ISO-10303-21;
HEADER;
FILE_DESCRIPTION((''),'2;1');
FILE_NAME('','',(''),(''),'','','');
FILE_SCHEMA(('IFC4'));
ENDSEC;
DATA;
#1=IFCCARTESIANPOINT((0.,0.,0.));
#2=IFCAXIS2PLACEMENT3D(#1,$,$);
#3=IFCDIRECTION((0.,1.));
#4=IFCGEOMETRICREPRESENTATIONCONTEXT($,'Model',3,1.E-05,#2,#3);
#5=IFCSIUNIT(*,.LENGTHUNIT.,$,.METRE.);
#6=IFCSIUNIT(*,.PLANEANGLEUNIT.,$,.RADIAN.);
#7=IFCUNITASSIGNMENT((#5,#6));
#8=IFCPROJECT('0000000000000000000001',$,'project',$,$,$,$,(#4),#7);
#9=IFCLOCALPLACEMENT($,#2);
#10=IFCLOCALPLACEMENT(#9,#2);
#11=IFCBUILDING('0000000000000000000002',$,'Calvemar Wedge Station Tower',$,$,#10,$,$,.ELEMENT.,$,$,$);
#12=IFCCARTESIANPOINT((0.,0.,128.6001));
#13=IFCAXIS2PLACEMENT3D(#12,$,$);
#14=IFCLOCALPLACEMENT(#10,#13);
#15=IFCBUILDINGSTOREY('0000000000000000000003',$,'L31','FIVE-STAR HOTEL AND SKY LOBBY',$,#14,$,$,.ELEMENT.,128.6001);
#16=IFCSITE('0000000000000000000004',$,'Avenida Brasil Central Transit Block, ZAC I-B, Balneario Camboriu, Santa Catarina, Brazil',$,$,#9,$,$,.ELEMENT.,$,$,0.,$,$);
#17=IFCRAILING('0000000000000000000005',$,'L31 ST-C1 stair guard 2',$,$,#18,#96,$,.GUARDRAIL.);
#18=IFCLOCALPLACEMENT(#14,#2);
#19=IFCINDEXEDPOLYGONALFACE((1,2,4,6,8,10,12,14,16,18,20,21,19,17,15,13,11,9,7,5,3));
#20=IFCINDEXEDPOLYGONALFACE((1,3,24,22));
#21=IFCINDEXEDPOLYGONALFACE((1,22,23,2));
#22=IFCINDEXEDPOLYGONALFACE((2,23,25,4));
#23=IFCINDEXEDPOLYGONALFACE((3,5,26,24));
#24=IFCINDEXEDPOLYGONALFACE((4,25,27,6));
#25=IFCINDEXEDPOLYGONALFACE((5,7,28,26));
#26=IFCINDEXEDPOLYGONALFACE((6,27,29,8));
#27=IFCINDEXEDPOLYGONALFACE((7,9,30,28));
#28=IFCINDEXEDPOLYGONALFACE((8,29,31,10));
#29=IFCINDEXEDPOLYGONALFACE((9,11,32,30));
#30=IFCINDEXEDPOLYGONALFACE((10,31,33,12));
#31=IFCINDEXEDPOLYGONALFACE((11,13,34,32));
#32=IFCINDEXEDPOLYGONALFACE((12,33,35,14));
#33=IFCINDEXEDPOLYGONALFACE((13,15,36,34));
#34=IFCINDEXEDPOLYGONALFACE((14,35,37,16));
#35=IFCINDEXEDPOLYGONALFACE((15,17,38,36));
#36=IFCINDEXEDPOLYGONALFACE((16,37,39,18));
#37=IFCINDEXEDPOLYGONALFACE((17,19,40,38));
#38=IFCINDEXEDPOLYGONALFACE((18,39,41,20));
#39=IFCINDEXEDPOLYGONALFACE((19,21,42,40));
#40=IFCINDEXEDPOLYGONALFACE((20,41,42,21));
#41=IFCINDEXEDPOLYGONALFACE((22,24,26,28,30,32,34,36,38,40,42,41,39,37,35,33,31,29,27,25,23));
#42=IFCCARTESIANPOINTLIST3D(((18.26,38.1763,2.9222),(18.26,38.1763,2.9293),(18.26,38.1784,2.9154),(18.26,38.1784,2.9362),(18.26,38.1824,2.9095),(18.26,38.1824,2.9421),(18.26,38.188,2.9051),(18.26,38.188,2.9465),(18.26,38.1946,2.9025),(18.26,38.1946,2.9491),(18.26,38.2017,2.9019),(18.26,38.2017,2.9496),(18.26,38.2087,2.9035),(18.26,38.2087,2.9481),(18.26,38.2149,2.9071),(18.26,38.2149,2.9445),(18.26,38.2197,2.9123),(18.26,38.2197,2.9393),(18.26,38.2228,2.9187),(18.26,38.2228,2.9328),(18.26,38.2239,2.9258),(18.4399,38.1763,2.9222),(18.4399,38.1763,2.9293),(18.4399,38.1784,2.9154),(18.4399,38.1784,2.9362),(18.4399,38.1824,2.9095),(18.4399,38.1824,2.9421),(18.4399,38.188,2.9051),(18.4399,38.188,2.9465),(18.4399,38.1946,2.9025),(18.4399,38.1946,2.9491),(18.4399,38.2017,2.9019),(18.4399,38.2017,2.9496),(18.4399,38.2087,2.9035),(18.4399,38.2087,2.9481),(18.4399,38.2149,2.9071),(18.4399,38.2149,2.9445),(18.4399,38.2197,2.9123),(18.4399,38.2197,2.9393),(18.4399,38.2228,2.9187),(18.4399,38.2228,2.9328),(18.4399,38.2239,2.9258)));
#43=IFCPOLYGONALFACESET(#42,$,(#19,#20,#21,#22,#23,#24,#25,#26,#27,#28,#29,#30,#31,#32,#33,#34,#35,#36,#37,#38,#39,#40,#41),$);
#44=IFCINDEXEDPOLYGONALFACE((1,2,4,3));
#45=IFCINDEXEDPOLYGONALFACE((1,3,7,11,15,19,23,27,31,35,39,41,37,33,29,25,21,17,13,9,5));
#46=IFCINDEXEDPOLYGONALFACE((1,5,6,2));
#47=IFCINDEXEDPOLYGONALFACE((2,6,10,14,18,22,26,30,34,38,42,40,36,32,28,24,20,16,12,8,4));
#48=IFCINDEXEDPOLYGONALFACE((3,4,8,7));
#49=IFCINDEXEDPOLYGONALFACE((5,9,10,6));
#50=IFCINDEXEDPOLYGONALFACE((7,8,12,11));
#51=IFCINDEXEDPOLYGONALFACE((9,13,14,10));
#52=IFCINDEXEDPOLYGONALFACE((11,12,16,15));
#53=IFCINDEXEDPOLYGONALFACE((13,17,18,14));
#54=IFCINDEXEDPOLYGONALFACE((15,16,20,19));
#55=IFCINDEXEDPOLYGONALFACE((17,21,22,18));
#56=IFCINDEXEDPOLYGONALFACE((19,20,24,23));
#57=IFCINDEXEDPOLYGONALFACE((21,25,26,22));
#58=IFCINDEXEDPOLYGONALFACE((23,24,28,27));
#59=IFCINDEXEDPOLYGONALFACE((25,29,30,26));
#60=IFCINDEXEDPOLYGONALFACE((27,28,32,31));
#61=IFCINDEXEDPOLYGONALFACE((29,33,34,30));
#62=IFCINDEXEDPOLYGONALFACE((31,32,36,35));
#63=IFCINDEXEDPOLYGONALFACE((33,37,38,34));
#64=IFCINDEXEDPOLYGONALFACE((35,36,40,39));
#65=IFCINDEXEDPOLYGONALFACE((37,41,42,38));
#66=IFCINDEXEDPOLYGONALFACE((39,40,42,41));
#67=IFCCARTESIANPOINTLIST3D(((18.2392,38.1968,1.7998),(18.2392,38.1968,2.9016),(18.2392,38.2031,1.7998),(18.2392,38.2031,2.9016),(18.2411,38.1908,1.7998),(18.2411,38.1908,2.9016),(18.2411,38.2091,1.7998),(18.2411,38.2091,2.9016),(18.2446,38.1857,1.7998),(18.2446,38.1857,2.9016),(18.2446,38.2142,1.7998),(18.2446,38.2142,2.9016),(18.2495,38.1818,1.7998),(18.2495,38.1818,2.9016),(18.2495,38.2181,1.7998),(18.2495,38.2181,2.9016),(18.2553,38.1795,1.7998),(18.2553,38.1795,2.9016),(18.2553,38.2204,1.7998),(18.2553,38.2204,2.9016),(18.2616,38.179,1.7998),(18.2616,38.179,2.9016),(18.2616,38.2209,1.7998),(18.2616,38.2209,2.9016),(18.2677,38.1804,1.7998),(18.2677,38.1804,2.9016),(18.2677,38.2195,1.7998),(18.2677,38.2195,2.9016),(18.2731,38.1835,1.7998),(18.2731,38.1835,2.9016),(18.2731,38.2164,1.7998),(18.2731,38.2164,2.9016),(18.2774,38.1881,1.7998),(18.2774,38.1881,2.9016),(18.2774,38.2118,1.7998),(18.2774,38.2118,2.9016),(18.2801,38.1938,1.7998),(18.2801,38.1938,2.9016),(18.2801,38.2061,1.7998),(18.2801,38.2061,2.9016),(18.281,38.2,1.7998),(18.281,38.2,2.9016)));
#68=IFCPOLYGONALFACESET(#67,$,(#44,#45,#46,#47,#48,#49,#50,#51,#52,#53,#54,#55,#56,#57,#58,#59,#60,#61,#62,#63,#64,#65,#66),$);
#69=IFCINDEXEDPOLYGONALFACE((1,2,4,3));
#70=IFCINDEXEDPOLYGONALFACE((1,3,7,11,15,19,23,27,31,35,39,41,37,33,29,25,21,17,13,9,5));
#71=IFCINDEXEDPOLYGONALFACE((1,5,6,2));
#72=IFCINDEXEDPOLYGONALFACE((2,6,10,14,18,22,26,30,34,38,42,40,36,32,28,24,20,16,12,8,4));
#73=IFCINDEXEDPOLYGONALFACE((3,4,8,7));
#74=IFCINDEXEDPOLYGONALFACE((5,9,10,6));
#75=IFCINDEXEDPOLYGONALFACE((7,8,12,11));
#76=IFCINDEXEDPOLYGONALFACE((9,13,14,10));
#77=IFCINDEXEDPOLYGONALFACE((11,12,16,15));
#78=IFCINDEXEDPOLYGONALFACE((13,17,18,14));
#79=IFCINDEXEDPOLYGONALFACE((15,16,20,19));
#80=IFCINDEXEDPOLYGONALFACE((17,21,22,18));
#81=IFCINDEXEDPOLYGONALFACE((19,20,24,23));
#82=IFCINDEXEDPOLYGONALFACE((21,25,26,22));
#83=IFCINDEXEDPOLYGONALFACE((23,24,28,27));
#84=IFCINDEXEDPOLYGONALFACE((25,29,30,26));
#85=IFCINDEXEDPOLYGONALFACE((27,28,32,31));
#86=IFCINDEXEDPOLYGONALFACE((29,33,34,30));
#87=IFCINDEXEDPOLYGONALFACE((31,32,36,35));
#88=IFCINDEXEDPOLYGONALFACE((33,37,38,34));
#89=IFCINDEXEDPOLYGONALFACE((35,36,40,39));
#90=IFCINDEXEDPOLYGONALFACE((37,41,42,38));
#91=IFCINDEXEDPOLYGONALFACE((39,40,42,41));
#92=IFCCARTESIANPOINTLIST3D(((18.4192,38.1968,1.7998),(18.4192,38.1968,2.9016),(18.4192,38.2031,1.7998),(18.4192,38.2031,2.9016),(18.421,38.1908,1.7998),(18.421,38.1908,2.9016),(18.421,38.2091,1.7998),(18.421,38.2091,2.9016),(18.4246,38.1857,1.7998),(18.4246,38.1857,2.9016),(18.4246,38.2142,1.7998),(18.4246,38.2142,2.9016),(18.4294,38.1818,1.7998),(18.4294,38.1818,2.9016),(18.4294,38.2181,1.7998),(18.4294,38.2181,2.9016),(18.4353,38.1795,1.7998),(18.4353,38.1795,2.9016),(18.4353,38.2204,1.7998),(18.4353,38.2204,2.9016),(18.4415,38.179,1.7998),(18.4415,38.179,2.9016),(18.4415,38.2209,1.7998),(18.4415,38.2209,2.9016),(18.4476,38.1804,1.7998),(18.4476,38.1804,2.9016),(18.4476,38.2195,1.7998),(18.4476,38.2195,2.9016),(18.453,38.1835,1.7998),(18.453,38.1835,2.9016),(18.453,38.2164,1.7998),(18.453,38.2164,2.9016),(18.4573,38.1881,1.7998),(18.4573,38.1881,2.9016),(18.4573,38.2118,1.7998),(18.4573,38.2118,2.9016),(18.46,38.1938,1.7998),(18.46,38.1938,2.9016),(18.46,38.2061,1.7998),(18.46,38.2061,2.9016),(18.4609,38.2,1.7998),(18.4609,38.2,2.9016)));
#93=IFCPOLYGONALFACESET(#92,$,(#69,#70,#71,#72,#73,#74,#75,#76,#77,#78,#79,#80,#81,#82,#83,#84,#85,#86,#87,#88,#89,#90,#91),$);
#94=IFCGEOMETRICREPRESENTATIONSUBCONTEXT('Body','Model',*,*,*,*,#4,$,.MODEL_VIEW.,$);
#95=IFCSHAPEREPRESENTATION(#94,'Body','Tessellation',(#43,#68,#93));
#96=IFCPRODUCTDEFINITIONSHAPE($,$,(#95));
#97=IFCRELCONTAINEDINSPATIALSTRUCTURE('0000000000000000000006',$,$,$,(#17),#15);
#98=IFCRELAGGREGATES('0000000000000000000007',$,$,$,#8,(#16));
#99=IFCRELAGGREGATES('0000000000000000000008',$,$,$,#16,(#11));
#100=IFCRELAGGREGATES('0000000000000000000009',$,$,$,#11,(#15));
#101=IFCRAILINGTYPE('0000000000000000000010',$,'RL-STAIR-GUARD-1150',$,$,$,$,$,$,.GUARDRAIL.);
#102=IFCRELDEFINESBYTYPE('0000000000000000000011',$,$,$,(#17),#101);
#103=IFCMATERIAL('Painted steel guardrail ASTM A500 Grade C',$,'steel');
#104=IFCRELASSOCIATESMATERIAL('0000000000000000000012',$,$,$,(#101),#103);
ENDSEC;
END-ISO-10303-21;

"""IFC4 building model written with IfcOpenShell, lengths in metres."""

from ifc_helpers import new_model, si_unit, direction, frame, origin, origin_2d, place, context, subcontext, project, spatial, circle, extrude, material, type_object, element, save


model = new_model("IFC4")

# Units and contexts
model_context = context("Model", 3, precision=1e-05, world=origin(), true_north=direction((0.0, 1.0)))
body_context = subcontext(model_context, "Body", "Model", "MODEL_VIEW")
ifc_project = project(units=[si_unit("LENGTHUNIT", "METRE"), si_unit("PLANEANGLEUNIT", "RADIAN")], contexts=[model_context])

# Site, building, storey
site_placement = place(None, origin())
site = spatial("IfcSite", under=ifc_project, at=site_placement, Name="Avenida Brasil Central Transit Block, ZAC I-B, Balneario Camboriu, Santa Catarina, Brazil", CompositionType="ELEMENT", RefElevation=0.0)
building_placement = place(site_placement, origin())
building = spatial("IfcBuilding", under=site, at=building_placement, Name="Calvemar Wedge Station Tower", CompositionType="ELEMENT")
storey_placement = place(building_placement, frame((0.0, 0.0, 128.6001)))
storey = spatial("IfcBuildingStorey", under=building, at=storey_placement, Name="L31", Description="FIVE-STAR HOTEL AND SKY LOBBY", CompositionType="ELEMENT", Elevation=128.6001)

# Railing
ifc_material_1 = material(Name="Painted steel guardrail ASTM A500 Grade C", Category="steel")
railing_type = type_object("IfcRailingType", Name="RL-STAIR-GUARD-1150", PredefinedType="GUARDRAIL", material=ifc_material_1)
railing_placement = place(storey_placement, frame((18.26, 38.2, 1.7998)))
element("IfcRailing", 1, at=railing_placement, inside=storey, type_object=railing_type, Name="L31 ST-C1 stair guard 2", PredefinedType="GUARDRAIL", context=body_context, shape_type="SweptSolid", body=[
    extrude(circle(Radius=0.0239, at=origin_2d()), frame((0.0, 0.0, 1.126), z_axis=(1.0, 0.0, 0.0), x_axis=(0.0, 1.0, 0.0)), (0.0, 0.0, 1.0), 0.1799),
    extrude(circle(Radius=0.021, at=origin_2d()), origin(), (0.0, 0.0, 1.0), 1.1018),
    extrude(circle(Radius=0.021, at=origin_2d()), frame((0.1799, 0.0, 0.0)), (0.0, 0.0, 1.0), 1.1018),
])

save(model, "model.ifc")
